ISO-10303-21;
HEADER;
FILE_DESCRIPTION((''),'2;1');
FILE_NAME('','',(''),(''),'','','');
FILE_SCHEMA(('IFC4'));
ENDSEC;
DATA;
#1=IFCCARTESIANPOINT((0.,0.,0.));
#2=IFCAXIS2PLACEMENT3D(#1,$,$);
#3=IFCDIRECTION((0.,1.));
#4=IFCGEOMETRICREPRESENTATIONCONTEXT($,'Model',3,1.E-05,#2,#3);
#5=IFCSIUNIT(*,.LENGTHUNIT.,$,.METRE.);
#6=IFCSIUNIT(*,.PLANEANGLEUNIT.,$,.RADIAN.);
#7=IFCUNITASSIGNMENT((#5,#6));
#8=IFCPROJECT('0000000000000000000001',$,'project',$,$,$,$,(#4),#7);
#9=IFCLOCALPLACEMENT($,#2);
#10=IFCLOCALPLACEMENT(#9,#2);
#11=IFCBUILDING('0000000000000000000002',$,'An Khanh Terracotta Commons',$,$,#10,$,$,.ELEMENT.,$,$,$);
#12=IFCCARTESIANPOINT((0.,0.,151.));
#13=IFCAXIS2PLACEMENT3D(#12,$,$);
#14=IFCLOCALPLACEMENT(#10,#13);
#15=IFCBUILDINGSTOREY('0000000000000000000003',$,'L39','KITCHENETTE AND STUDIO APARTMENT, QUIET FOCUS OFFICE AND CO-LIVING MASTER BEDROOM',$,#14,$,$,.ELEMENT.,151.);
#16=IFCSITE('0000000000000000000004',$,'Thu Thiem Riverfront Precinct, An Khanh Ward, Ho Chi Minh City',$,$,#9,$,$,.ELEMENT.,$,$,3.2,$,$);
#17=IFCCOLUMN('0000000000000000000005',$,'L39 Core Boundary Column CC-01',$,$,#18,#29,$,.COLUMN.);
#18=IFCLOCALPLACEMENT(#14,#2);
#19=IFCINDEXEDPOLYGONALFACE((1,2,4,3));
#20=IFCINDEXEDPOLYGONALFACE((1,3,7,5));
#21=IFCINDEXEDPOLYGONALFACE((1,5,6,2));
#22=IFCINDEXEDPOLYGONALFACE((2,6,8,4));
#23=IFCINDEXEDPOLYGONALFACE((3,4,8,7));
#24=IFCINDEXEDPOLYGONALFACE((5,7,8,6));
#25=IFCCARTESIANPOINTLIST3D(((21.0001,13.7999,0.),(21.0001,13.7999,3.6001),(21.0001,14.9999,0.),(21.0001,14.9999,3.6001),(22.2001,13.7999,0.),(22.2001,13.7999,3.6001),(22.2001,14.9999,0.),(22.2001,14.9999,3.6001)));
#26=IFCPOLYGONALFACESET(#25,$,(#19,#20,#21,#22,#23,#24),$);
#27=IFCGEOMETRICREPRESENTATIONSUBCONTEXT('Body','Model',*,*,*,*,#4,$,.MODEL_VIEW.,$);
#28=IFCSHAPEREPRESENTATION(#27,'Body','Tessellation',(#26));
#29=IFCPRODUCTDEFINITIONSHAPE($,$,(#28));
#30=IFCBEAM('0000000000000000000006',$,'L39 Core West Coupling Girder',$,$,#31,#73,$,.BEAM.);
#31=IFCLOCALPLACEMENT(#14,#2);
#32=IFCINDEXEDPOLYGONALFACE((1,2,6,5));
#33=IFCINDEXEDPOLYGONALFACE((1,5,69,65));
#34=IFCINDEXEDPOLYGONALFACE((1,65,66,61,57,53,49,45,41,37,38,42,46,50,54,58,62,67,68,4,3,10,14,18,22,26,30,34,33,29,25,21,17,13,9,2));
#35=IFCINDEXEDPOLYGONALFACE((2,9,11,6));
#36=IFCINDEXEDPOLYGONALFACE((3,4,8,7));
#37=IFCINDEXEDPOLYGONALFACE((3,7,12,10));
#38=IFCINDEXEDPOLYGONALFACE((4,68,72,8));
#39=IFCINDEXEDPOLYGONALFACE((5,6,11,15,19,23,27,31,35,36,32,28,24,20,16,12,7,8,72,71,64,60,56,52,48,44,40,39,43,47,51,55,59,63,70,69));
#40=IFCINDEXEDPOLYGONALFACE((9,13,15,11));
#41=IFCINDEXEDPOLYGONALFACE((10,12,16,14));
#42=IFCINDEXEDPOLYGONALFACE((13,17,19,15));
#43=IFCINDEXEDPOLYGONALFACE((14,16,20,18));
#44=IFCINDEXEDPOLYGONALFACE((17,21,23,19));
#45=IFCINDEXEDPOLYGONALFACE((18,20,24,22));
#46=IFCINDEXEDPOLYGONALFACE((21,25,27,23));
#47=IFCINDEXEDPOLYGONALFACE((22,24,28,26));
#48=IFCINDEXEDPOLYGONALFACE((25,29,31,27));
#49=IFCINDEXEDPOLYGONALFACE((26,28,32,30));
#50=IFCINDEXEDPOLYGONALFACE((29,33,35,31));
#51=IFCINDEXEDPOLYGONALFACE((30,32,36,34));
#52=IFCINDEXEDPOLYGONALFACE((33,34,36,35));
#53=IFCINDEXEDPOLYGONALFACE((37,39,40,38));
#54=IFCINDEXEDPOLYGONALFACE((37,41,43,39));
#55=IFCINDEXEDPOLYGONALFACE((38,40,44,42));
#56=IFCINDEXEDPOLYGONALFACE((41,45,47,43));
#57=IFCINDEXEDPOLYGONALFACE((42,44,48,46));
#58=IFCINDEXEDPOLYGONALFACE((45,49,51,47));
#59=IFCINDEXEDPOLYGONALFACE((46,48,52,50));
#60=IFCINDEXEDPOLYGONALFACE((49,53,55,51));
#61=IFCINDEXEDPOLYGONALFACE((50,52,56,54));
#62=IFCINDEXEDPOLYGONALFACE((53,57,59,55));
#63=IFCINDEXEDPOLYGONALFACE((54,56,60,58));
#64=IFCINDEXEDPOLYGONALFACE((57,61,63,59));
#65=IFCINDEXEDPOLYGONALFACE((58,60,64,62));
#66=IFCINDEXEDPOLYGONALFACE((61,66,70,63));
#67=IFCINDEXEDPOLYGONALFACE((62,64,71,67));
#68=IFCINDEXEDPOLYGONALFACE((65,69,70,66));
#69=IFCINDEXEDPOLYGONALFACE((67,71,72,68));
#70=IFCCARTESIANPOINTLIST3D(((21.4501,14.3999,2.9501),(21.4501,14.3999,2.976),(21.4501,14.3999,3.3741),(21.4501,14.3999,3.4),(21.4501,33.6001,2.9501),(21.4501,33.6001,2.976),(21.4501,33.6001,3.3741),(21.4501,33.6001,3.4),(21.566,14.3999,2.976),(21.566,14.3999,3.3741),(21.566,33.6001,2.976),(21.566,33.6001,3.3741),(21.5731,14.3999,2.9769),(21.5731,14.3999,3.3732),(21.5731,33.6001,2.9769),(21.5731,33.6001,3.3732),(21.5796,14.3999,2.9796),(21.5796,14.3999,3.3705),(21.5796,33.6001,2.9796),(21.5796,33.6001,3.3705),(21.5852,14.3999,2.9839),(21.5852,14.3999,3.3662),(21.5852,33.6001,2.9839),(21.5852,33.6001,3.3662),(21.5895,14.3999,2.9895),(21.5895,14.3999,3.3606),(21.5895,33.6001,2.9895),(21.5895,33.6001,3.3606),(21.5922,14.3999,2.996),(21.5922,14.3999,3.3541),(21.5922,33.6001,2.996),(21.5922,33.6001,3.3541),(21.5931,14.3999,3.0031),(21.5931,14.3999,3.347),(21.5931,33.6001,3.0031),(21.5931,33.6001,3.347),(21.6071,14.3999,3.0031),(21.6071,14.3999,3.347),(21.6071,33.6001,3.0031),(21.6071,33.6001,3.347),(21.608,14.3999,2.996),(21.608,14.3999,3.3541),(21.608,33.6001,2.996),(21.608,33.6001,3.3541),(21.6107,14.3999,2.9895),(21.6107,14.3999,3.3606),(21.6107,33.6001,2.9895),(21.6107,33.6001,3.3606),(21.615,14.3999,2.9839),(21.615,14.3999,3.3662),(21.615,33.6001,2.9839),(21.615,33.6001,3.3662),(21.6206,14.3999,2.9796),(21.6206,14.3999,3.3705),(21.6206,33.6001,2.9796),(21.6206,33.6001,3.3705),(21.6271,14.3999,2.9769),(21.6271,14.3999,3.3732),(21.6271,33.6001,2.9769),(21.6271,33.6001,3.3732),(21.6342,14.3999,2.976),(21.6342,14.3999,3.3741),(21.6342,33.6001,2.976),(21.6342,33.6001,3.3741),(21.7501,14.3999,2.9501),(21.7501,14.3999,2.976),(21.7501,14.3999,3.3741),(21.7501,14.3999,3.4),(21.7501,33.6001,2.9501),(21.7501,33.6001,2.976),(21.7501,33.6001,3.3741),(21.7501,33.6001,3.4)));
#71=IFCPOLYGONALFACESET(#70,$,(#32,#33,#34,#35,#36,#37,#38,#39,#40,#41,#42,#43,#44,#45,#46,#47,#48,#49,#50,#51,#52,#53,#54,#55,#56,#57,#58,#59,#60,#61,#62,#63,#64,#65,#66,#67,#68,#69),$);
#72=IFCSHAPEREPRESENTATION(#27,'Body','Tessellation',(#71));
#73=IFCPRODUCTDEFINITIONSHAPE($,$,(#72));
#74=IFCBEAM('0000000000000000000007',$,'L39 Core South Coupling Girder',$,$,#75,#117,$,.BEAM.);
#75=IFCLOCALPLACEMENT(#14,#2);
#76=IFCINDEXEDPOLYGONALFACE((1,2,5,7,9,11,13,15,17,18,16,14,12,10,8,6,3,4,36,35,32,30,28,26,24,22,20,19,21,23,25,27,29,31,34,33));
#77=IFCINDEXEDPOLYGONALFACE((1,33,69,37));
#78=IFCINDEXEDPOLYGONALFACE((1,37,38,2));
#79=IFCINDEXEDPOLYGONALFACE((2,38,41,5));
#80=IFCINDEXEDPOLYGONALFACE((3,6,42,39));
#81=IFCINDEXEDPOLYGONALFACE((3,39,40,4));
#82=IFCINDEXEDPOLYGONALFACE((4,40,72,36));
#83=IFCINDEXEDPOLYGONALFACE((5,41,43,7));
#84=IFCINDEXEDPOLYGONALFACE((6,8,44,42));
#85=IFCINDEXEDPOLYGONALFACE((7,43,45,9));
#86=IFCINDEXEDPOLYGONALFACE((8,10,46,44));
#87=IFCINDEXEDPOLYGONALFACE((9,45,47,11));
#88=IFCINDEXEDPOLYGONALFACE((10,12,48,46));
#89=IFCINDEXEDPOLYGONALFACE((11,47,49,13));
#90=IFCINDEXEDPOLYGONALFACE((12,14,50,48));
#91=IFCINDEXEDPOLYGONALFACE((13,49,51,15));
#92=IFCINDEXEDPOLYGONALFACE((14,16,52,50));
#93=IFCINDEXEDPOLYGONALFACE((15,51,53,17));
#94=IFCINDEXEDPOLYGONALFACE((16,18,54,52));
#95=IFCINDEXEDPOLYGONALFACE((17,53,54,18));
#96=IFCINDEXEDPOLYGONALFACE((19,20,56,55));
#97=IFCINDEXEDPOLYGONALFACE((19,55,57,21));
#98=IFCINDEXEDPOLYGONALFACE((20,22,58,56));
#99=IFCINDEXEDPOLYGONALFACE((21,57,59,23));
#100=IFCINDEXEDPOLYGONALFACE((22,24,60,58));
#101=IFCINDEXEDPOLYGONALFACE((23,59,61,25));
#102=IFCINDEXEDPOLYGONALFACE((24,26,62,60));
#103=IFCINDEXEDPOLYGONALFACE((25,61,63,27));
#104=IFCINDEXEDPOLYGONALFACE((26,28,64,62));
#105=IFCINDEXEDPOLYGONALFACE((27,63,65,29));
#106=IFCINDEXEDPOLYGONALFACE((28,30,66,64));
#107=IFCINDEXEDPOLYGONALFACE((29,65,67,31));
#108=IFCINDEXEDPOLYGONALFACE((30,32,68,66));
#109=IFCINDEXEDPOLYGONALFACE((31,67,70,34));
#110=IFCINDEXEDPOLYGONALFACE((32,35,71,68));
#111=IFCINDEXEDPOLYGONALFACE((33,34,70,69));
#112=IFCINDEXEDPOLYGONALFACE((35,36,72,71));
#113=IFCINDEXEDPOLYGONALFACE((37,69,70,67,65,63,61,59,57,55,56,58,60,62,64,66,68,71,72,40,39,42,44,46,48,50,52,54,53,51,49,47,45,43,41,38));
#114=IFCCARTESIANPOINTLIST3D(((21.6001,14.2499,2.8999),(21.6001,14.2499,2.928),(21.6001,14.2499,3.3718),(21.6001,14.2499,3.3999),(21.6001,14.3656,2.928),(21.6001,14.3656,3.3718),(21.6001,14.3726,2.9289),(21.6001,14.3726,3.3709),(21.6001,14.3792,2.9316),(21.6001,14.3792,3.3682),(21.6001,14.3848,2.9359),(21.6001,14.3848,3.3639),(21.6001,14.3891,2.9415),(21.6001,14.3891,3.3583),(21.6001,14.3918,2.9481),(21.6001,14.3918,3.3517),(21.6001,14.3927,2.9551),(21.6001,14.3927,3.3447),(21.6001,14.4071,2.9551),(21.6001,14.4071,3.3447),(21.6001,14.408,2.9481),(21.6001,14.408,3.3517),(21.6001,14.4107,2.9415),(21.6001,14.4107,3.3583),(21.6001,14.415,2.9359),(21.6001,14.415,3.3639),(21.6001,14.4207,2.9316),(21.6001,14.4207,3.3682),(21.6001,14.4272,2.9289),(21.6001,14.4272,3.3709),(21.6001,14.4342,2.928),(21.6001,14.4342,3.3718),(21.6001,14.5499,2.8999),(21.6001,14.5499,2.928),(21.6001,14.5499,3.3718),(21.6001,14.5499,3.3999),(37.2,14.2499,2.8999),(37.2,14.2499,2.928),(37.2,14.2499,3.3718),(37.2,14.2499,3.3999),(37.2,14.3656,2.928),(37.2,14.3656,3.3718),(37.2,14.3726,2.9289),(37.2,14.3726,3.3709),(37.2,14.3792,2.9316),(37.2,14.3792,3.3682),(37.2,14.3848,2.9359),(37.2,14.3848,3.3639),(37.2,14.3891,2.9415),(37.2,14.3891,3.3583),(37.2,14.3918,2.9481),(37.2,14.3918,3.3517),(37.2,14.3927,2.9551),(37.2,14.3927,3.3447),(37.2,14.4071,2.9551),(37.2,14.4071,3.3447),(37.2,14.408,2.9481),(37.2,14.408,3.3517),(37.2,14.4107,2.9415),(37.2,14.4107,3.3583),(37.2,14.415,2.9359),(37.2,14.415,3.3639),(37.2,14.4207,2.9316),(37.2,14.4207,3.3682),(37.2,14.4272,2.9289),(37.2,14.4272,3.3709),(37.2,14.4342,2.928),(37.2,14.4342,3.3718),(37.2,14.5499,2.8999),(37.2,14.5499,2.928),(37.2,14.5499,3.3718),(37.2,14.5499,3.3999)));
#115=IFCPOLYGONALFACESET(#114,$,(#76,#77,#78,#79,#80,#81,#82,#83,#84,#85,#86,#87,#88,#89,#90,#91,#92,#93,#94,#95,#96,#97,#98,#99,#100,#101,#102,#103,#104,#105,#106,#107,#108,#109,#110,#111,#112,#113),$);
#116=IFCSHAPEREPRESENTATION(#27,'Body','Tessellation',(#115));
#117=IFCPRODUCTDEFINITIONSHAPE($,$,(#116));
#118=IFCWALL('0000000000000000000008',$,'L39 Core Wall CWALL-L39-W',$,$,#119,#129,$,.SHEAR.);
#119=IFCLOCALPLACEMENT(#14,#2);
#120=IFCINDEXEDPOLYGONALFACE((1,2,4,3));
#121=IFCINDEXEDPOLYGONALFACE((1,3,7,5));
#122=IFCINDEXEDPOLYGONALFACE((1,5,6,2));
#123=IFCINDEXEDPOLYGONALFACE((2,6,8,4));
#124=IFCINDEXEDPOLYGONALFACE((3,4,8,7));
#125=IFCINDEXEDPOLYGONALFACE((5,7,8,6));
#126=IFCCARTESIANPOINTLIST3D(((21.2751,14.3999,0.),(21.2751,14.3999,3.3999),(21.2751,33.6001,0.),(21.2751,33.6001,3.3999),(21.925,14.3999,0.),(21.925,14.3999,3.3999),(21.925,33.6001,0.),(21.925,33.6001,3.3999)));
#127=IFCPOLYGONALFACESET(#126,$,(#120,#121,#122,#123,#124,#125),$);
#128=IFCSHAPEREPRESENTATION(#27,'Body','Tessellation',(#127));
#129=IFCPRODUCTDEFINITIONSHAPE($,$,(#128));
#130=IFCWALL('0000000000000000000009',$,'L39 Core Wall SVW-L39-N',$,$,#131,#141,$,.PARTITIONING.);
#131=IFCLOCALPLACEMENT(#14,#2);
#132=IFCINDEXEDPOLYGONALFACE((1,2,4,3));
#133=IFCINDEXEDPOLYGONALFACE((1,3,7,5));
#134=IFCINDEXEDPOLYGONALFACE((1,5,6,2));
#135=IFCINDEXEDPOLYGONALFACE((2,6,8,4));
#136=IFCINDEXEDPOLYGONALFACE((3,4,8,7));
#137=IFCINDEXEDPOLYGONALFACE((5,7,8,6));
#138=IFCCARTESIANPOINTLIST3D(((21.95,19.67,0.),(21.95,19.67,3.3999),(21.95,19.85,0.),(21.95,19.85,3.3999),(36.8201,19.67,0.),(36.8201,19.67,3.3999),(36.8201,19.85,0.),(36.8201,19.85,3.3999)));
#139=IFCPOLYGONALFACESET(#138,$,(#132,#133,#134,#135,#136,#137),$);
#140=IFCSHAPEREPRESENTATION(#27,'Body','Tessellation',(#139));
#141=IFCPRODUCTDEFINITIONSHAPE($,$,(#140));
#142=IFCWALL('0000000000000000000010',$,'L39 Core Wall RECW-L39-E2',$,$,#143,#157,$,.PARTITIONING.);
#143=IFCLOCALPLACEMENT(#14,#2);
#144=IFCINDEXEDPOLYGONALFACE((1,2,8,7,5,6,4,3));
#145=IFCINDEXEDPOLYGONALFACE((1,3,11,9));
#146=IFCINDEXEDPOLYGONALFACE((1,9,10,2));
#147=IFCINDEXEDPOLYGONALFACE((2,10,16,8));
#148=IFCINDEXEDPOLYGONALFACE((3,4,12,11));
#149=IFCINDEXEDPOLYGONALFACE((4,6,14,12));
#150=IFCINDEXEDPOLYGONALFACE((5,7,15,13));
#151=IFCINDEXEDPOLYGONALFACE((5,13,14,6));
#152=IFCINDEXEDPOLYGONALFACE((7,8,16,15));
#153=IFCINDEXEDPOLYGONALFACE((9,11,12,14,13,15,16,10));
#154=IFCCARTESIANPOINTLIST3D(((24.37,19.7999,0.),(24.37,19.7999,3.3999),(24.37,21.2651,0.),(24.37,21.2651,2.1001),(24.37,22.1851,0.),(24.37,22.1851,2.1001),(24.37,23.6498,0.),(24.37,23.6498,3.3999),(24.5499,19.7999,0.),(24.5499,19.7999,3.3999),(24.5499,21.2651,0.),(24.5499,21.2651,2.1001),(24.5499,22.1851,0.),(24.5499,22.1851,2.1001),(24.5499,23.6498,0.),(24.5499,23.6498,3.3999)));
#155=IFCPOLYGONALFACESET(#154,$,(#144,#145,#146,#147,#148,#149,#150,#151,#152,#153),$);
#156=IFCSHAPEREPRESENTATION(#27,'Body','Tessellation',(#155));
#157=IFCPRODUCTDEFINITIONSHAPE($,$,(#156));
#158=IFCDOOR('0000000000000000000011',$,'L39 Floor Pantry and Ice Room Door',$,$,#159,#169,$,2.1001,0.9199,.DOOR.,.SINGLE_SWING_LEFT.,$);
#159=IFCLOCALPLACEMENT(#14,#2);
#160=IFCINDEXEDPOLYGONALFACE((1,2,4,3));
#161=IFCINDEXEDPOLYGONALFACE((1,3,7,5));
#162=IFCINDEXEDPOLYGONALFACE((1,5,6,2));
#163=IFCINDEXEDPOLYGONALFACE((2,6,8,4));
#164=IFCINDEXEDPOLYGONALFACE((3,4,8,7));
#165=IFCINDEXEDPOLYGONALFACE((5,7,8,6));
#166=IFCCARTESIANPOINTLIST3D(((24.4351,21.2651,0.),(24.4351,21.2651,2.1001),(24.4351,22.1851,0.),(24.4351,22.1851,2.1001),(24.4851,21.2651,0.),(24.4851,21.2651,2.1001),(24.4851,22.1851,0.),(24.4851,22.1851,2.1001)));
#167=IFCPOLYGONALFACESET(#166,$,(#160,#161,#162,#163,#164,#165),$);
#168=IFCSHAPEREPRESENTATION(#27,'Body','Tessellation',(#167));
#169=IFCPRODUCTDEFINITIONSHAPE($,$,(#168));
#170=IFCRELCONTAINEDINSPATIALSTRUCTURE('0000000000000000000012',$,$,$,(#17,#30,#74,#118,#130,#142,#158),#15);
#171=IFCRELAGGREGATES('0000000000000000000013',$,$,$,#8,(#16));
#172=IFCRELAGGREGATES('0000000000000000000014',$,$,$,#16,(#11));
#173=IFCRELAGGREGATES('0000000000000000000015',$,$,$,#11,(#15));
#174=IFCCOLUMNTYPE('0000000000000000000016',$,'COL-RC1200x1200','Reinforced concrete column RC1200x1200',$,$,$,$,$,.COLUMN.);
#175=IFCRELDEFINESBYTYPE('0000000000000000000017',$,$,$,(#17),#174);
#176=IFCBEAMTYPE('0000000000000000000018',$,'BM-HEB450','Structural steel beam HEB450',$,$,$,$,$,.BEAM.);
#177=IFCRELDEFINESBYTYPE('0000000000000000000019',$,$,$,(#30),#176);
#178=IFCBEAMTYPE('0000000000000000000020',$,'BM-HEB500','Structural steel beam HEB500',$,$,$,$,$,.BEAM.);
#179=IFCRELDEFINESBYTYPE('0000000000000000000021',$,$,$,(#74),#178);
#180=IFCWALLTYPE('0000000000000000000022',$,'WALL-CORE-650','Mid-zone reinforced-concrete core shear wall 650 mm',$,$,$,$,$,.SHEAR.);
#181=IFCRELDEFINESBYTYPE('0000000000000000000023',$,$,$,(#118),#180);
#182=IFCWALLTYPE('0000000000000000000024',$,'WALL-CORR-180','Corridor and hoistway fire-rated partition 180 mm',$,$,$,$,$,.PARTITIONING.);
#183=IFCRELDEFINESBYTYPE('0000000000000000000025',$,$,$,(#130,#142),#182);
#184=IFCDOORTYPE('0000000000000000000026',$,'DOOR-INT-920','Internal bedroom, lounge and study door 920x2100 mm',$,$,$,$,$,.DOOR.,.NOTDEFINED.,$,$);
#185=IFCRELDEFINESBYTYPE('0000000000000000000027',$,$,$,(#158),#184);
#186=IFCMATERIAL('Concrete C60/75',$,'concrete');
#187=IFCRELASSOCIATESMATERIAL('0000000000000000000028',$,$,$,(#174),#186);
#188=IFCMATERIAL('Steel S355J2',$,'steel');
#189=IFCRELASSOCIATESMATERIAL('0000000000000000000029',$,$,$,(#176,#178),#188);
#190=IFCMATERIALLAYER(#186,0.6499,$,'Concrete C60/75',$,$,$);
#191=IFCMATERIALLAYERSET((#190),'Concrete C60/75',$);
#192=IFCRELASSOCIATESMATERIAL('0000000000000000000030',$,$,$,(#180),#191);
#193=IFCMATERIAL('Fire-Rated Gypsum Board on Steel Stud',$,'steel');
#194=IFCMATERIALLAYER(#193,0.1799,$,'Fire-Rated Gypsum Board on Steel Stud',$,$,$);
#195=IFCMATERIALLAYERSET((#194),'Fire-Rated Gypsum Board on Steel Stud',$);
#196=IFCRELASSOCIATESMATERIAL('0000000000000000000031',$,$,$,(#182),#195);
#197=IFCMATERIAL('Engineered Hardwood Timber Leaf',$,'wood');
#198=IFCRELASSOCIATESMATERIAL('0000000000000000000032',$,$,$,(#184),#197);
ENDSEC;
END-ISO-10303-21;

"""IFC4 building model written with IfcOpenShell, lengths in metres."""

from ifc_helpers import new_model, si_unit, direction, frame, frame_2d, origin, origin_2d, place, context, subcontext, project, spatial, rectangle, i_section, extrude, material, layer, layer_set, material_profile, profile_set, type_object, element, fill, save


model = new_model("IFC4")

# Units and contexts
model_context = context("Model", 3, precision=1e-05, world=origin(), true_north=direction((0.0, 1.0)))
body_context = subcontext(model_context, "Body", "Model", "MODEL_VIEW")
ifc_project = project(units=[si_unit("LENGTHUNIT", "METRE"), si_unit("PLANEANGLEUNIT", "RADIAN")], contexts=[model_context])

# Site, building, storey
site_placement = place(None, origin())
site = spatial("IfcSite", under=ifc_project, at=site_placement, Name="Thu Thiem Riverfront Precinct, An Khanh Ward, Ho Chi Minh City", CompositionType="ELEMENT", RefElevation=3.2)
building_placement = place(site_placement, origin())
building = spatial("IfcBuilding", under=site, at=building_placement, Name="An Khanh Terracotta Commons", CompositionType="ELEMENT")
storey_placement = place(building_placement, frame((0.0, 0.0, 151.0)))
storey = spatial("IfcBuildingStorey", under=building, at=storey_placement, Name="L39", Description="KITCHENETTE AND STUDIO APARTMENT, QUIET FOCUS OFFICE AND CO-LIVING MASTER BEDROOM", CompositionType="ELEMENT", Elevation=151.0)

# Column
ifc_material_1 = material(Name="Concrete C60/75", Category="concrete")
ifc_material_profile_1 = material_profile(ifc_material_1, rectangle(XDim=1.2, YDim=1.2, at=origin_2d()), Name="RC1200x1200")
ifc_profile_set_1 = profile_set([ifc_material_profile_1], Name="Concrete C60/75")
column_type = type_object("IfcColumnType", Name="COL-RC1200x1200", Description="Reinforced concrete column RC1200x1200", PredefinedType="COLUMN", material=ifc_profile_set_1)
column_placement = place(storey_placement, frame((21.6001, 14.3999, 0.0), z_axis=(0.0, 0.0, 1.0), x_axis=(1.0, 0.0, 0.0)))
element("IfcColumn", 1, at=column_placement, inside=storey, type_object=column_type, Name="L39 Core Boundary Column CC-01", PredefinedType="COLUMN", context=body_context, shape_type="SweptSolid", body=[
    extrude(rectangle(XDim=1.2, YDim=1.2, at=origin_2d()), origin(), (0.0, 0.0, 1.0), 3.6001),
])

# Beams
ifc_material_2 = material(Name="Steel S355J2", Category="steel")
ifc_material_profile_2 = material_profile(ifc_material_2, i_section(OverallWidth=0.3, OverallDepth=0.45, WebThickness=0.0139, FlangeThickness=0.0259, FilletRadius=0.0271, at=origin_2d()), Name="HEB450")
ifc_profile_set_2 = profile_set([ifc_material_profile_2], Name="Steel S355J2")
beam_type_1 = type_object("IfcBeamType", Name="BM-HEB450", Description="Structural steel beam HEB450", PredefinedType="BEAM", material=ifc_profile_set_2)
beam_1_placement = place(storey_placement, frame((21.6001, 14.3999, 3.175), z_axis=(0.0, 1.0, 0.0), x_axis=(-1.0, 0.0, 0.0)))
element("IfcBeam", 2, at=beam_1_placement, inside=storey, type_object=beam_type_1, Name="L39 Core West Coupling Girder", PredefinedType="BEAM", context=body_context, shape_type="SweptSolid", body=[
    extrude(i_section(OverallWidth=0.3, OverallDepth=0.45, WebThickness=0.0139, FlangeThickness=0.0259, FilletRadius=0.0271, at=origin_2d()), origin(), (0.0, 0.0, 1.0), 19.2002),
])
ifc_material_profile_3 = material_profile(ifc_material_2, i_section(OverallWidth=0.3, OverallDepth=0.5, WebThickness=0.0144, FlangeThickness=0.0281, FilletRadius=0.0271, at=origin_2d()), Name="HEB500")
ifc_profile_set_3 = profile_set([ifc_material_profile_3], Name="Steel S355J2")
beam_type_2 = type_object("IfcBeamType", Name="BM-HEB500", Description="Structural steel beam HEB500", PredefinedType="BEAM", material=ifc_profile_set_3)
beam_2_placement = place(storey_placement, frame((21.6001, 14.3999, 3.1499), z_axis=(1.0, 0.0, 0.0), x_axis=(0.0, 1.0, 0.0)))
element("IfcBeam", 3, at=beam_2_placement, inside=storey, type_object=beam_type_2, Name="L39 Core South Coupling Girder", PredefinedType="BEAM", context=body_context, shape_type="SweptSolid", body=[
    extrude(i_section(OverallWidth=0.3, OverallDepth=0.5, WebThickness=0.0144, FlangeThickness=0.0281, FilletRadius=0.0271, at=origin_2d()), origin(), (0.0, 0.0, 1.0), 15.5999),
])

# Walls
ifc_layer_1 = layer(ifc_material_1, 0.6499, Name="Concrete C60/75")
ifc_layer_set_1 = layer_set([ifc_layer_1], Name="Concrete C60/75")
wall_type_1 = type_object("IfcWallType", Name="WALL-CORE-650", Description="Mid-zone reinforced-concrete core shear wall 650 mm", PredefinedType="SHEAR", material=ifc_layer_set_1)
wall_1_placement = place(storey_placement, frame((21.6001, 14.3999, 0.0), z_axis=(0.0, 0.0, 1.0), x_axis=(0.0, 1.0, 0.0)))
element("IfcWall", 4, at=wall_1_placement, inside=storey, type_object=wall_type_1, Name="L39 Core Wall CWALL-L39-W", PredefinedType="SHEAR", context=body_context, shape_type="SweptSolid", body=[
    extrude(rectangle(XDim=19.2002, YDim=0.6499, at=frame_2d((9.6001, 0.0))), origin(), (0.0, 0.0, 1.0), 3.3999),
])
ifc_material_3 = material(Name="Fire-Rated Gypsum Board on Steel Stud", Category="steel")
ifc_layer_2 = layer(ifc_material_3, 0.1799, Name="Fire-Rated Gypsum Board on Steel Stud")
ifc_layer_set_2 = layer_set([ifc_layer_2], Name="Fire-Rated Gypsum Board on Steel Stud")
wall_type_2 = type_object("IfcWallType", Name="WALL-CORR-180", Description="Corridor and hoistway fire-rated partition 180 mm", PredefinedType="PARTITIONING", material=ifc_layer_set_2)
wall_2_placement = place(storey_placement, frame((21.95, 19.76, 0.0), z_axis=(0.0, 0.0, 1.0), x_axis=(1.0, 0.0, 0.0)))
element("IfcWall", 5, at=wall_2_placement, inside=storey, type_object=wall_type_2, Name="L39 Core Wall SVW-L39-N", PredefinedType="PARTITIONING", context=body_context, shape_type="SweptSolid", body=[
    extrude(rectangle(XDim=14.8701, YDim=0.1799, at=frame_2d((7.4351, 0.0))), origin(), (0.0, 0.0, 1.0), 3.3999),
])

# Wall, opening, door
wall_3_placement = place(storey_placement, frame((24.46, 19.8, 0.0), z_axis=(0.0, 0.0, 1.0), x_axis=(0.0, 1.0, 0.0)))
wall_3 = element("IfcWall", 6, at=wall_3_placement, inside=storey, type_object=wall_type_2, Name="L39 Core Wall RECW-L39-E2", PredefinedType="PARTITIONING", context=body_context, shape_type="SweptSolid", body=[
    extrude(rectangle(XDim=3.8499, YDim=0.1799, at=frame_2d((1.9248, 0.0))), origin(), (0.0, 0.0, 1.0), 3.3999),
])
opening_1_placement = place(wall_3_placement, frame((1.4651, 0.0, 0.0)))
opening_1 = element("IfcOpeningElement", 7, at=opening_1_placement, cuts=wall_3, PredefinedType="OPENING", context=body_context, shape_type="SweptSolid", body=[
    extrude(rectangle(XDim=0.9199, YDim=2.1001, at=frame_2d((0.46, 1.05))), frame((0.0, 0.0999, 0.0), z_axis=(0.0, -1.0, 0.0), x_axis=(1.0, 0.0, 0.0)), (0.0, 0.0, 1.0), 0.2),
])
ifc_material_4 = material(Name="Engineered Hardwood Timber Leaf", Category="wood")
door_type_1 = type_object("IfcDoorType", Name="DOOR-INT-920", Description="Internal bedroom, lounge and study door 920x2100 mm", OperationType="NOTDEFINED", PredefinedType="DOOR", material=ifc_material_4)
door_1_placement = place(opening_1_placement, origin())
door_1 = element("IfcDoor", 8, at=door_1_placement, inside=storey, type_object=door_type_1, Name="L39 Floor Pantry and Ice Room Door", OperationType="SINGLE_SWING_LEFT", OverallHeight=2.1001, OverallWidth=0.9199, PredefinedType="DOOR", context=body_context, shape_type="SweptSolid", body=[
    extrude(rectangle(XDim=0.9199, YDim=2.1001, at=frame_2d((0.46, 1.05))), frame((0.0, 0.0249, 0.0), z_axis=(0.0, -1.0, 0.0), x_axis=(1.0, 0.0, 0.0)), (0.0, 0.0, 1.0), 0.05),
])
fill(opening_1, door_1)

save(model, "model.ifc")
